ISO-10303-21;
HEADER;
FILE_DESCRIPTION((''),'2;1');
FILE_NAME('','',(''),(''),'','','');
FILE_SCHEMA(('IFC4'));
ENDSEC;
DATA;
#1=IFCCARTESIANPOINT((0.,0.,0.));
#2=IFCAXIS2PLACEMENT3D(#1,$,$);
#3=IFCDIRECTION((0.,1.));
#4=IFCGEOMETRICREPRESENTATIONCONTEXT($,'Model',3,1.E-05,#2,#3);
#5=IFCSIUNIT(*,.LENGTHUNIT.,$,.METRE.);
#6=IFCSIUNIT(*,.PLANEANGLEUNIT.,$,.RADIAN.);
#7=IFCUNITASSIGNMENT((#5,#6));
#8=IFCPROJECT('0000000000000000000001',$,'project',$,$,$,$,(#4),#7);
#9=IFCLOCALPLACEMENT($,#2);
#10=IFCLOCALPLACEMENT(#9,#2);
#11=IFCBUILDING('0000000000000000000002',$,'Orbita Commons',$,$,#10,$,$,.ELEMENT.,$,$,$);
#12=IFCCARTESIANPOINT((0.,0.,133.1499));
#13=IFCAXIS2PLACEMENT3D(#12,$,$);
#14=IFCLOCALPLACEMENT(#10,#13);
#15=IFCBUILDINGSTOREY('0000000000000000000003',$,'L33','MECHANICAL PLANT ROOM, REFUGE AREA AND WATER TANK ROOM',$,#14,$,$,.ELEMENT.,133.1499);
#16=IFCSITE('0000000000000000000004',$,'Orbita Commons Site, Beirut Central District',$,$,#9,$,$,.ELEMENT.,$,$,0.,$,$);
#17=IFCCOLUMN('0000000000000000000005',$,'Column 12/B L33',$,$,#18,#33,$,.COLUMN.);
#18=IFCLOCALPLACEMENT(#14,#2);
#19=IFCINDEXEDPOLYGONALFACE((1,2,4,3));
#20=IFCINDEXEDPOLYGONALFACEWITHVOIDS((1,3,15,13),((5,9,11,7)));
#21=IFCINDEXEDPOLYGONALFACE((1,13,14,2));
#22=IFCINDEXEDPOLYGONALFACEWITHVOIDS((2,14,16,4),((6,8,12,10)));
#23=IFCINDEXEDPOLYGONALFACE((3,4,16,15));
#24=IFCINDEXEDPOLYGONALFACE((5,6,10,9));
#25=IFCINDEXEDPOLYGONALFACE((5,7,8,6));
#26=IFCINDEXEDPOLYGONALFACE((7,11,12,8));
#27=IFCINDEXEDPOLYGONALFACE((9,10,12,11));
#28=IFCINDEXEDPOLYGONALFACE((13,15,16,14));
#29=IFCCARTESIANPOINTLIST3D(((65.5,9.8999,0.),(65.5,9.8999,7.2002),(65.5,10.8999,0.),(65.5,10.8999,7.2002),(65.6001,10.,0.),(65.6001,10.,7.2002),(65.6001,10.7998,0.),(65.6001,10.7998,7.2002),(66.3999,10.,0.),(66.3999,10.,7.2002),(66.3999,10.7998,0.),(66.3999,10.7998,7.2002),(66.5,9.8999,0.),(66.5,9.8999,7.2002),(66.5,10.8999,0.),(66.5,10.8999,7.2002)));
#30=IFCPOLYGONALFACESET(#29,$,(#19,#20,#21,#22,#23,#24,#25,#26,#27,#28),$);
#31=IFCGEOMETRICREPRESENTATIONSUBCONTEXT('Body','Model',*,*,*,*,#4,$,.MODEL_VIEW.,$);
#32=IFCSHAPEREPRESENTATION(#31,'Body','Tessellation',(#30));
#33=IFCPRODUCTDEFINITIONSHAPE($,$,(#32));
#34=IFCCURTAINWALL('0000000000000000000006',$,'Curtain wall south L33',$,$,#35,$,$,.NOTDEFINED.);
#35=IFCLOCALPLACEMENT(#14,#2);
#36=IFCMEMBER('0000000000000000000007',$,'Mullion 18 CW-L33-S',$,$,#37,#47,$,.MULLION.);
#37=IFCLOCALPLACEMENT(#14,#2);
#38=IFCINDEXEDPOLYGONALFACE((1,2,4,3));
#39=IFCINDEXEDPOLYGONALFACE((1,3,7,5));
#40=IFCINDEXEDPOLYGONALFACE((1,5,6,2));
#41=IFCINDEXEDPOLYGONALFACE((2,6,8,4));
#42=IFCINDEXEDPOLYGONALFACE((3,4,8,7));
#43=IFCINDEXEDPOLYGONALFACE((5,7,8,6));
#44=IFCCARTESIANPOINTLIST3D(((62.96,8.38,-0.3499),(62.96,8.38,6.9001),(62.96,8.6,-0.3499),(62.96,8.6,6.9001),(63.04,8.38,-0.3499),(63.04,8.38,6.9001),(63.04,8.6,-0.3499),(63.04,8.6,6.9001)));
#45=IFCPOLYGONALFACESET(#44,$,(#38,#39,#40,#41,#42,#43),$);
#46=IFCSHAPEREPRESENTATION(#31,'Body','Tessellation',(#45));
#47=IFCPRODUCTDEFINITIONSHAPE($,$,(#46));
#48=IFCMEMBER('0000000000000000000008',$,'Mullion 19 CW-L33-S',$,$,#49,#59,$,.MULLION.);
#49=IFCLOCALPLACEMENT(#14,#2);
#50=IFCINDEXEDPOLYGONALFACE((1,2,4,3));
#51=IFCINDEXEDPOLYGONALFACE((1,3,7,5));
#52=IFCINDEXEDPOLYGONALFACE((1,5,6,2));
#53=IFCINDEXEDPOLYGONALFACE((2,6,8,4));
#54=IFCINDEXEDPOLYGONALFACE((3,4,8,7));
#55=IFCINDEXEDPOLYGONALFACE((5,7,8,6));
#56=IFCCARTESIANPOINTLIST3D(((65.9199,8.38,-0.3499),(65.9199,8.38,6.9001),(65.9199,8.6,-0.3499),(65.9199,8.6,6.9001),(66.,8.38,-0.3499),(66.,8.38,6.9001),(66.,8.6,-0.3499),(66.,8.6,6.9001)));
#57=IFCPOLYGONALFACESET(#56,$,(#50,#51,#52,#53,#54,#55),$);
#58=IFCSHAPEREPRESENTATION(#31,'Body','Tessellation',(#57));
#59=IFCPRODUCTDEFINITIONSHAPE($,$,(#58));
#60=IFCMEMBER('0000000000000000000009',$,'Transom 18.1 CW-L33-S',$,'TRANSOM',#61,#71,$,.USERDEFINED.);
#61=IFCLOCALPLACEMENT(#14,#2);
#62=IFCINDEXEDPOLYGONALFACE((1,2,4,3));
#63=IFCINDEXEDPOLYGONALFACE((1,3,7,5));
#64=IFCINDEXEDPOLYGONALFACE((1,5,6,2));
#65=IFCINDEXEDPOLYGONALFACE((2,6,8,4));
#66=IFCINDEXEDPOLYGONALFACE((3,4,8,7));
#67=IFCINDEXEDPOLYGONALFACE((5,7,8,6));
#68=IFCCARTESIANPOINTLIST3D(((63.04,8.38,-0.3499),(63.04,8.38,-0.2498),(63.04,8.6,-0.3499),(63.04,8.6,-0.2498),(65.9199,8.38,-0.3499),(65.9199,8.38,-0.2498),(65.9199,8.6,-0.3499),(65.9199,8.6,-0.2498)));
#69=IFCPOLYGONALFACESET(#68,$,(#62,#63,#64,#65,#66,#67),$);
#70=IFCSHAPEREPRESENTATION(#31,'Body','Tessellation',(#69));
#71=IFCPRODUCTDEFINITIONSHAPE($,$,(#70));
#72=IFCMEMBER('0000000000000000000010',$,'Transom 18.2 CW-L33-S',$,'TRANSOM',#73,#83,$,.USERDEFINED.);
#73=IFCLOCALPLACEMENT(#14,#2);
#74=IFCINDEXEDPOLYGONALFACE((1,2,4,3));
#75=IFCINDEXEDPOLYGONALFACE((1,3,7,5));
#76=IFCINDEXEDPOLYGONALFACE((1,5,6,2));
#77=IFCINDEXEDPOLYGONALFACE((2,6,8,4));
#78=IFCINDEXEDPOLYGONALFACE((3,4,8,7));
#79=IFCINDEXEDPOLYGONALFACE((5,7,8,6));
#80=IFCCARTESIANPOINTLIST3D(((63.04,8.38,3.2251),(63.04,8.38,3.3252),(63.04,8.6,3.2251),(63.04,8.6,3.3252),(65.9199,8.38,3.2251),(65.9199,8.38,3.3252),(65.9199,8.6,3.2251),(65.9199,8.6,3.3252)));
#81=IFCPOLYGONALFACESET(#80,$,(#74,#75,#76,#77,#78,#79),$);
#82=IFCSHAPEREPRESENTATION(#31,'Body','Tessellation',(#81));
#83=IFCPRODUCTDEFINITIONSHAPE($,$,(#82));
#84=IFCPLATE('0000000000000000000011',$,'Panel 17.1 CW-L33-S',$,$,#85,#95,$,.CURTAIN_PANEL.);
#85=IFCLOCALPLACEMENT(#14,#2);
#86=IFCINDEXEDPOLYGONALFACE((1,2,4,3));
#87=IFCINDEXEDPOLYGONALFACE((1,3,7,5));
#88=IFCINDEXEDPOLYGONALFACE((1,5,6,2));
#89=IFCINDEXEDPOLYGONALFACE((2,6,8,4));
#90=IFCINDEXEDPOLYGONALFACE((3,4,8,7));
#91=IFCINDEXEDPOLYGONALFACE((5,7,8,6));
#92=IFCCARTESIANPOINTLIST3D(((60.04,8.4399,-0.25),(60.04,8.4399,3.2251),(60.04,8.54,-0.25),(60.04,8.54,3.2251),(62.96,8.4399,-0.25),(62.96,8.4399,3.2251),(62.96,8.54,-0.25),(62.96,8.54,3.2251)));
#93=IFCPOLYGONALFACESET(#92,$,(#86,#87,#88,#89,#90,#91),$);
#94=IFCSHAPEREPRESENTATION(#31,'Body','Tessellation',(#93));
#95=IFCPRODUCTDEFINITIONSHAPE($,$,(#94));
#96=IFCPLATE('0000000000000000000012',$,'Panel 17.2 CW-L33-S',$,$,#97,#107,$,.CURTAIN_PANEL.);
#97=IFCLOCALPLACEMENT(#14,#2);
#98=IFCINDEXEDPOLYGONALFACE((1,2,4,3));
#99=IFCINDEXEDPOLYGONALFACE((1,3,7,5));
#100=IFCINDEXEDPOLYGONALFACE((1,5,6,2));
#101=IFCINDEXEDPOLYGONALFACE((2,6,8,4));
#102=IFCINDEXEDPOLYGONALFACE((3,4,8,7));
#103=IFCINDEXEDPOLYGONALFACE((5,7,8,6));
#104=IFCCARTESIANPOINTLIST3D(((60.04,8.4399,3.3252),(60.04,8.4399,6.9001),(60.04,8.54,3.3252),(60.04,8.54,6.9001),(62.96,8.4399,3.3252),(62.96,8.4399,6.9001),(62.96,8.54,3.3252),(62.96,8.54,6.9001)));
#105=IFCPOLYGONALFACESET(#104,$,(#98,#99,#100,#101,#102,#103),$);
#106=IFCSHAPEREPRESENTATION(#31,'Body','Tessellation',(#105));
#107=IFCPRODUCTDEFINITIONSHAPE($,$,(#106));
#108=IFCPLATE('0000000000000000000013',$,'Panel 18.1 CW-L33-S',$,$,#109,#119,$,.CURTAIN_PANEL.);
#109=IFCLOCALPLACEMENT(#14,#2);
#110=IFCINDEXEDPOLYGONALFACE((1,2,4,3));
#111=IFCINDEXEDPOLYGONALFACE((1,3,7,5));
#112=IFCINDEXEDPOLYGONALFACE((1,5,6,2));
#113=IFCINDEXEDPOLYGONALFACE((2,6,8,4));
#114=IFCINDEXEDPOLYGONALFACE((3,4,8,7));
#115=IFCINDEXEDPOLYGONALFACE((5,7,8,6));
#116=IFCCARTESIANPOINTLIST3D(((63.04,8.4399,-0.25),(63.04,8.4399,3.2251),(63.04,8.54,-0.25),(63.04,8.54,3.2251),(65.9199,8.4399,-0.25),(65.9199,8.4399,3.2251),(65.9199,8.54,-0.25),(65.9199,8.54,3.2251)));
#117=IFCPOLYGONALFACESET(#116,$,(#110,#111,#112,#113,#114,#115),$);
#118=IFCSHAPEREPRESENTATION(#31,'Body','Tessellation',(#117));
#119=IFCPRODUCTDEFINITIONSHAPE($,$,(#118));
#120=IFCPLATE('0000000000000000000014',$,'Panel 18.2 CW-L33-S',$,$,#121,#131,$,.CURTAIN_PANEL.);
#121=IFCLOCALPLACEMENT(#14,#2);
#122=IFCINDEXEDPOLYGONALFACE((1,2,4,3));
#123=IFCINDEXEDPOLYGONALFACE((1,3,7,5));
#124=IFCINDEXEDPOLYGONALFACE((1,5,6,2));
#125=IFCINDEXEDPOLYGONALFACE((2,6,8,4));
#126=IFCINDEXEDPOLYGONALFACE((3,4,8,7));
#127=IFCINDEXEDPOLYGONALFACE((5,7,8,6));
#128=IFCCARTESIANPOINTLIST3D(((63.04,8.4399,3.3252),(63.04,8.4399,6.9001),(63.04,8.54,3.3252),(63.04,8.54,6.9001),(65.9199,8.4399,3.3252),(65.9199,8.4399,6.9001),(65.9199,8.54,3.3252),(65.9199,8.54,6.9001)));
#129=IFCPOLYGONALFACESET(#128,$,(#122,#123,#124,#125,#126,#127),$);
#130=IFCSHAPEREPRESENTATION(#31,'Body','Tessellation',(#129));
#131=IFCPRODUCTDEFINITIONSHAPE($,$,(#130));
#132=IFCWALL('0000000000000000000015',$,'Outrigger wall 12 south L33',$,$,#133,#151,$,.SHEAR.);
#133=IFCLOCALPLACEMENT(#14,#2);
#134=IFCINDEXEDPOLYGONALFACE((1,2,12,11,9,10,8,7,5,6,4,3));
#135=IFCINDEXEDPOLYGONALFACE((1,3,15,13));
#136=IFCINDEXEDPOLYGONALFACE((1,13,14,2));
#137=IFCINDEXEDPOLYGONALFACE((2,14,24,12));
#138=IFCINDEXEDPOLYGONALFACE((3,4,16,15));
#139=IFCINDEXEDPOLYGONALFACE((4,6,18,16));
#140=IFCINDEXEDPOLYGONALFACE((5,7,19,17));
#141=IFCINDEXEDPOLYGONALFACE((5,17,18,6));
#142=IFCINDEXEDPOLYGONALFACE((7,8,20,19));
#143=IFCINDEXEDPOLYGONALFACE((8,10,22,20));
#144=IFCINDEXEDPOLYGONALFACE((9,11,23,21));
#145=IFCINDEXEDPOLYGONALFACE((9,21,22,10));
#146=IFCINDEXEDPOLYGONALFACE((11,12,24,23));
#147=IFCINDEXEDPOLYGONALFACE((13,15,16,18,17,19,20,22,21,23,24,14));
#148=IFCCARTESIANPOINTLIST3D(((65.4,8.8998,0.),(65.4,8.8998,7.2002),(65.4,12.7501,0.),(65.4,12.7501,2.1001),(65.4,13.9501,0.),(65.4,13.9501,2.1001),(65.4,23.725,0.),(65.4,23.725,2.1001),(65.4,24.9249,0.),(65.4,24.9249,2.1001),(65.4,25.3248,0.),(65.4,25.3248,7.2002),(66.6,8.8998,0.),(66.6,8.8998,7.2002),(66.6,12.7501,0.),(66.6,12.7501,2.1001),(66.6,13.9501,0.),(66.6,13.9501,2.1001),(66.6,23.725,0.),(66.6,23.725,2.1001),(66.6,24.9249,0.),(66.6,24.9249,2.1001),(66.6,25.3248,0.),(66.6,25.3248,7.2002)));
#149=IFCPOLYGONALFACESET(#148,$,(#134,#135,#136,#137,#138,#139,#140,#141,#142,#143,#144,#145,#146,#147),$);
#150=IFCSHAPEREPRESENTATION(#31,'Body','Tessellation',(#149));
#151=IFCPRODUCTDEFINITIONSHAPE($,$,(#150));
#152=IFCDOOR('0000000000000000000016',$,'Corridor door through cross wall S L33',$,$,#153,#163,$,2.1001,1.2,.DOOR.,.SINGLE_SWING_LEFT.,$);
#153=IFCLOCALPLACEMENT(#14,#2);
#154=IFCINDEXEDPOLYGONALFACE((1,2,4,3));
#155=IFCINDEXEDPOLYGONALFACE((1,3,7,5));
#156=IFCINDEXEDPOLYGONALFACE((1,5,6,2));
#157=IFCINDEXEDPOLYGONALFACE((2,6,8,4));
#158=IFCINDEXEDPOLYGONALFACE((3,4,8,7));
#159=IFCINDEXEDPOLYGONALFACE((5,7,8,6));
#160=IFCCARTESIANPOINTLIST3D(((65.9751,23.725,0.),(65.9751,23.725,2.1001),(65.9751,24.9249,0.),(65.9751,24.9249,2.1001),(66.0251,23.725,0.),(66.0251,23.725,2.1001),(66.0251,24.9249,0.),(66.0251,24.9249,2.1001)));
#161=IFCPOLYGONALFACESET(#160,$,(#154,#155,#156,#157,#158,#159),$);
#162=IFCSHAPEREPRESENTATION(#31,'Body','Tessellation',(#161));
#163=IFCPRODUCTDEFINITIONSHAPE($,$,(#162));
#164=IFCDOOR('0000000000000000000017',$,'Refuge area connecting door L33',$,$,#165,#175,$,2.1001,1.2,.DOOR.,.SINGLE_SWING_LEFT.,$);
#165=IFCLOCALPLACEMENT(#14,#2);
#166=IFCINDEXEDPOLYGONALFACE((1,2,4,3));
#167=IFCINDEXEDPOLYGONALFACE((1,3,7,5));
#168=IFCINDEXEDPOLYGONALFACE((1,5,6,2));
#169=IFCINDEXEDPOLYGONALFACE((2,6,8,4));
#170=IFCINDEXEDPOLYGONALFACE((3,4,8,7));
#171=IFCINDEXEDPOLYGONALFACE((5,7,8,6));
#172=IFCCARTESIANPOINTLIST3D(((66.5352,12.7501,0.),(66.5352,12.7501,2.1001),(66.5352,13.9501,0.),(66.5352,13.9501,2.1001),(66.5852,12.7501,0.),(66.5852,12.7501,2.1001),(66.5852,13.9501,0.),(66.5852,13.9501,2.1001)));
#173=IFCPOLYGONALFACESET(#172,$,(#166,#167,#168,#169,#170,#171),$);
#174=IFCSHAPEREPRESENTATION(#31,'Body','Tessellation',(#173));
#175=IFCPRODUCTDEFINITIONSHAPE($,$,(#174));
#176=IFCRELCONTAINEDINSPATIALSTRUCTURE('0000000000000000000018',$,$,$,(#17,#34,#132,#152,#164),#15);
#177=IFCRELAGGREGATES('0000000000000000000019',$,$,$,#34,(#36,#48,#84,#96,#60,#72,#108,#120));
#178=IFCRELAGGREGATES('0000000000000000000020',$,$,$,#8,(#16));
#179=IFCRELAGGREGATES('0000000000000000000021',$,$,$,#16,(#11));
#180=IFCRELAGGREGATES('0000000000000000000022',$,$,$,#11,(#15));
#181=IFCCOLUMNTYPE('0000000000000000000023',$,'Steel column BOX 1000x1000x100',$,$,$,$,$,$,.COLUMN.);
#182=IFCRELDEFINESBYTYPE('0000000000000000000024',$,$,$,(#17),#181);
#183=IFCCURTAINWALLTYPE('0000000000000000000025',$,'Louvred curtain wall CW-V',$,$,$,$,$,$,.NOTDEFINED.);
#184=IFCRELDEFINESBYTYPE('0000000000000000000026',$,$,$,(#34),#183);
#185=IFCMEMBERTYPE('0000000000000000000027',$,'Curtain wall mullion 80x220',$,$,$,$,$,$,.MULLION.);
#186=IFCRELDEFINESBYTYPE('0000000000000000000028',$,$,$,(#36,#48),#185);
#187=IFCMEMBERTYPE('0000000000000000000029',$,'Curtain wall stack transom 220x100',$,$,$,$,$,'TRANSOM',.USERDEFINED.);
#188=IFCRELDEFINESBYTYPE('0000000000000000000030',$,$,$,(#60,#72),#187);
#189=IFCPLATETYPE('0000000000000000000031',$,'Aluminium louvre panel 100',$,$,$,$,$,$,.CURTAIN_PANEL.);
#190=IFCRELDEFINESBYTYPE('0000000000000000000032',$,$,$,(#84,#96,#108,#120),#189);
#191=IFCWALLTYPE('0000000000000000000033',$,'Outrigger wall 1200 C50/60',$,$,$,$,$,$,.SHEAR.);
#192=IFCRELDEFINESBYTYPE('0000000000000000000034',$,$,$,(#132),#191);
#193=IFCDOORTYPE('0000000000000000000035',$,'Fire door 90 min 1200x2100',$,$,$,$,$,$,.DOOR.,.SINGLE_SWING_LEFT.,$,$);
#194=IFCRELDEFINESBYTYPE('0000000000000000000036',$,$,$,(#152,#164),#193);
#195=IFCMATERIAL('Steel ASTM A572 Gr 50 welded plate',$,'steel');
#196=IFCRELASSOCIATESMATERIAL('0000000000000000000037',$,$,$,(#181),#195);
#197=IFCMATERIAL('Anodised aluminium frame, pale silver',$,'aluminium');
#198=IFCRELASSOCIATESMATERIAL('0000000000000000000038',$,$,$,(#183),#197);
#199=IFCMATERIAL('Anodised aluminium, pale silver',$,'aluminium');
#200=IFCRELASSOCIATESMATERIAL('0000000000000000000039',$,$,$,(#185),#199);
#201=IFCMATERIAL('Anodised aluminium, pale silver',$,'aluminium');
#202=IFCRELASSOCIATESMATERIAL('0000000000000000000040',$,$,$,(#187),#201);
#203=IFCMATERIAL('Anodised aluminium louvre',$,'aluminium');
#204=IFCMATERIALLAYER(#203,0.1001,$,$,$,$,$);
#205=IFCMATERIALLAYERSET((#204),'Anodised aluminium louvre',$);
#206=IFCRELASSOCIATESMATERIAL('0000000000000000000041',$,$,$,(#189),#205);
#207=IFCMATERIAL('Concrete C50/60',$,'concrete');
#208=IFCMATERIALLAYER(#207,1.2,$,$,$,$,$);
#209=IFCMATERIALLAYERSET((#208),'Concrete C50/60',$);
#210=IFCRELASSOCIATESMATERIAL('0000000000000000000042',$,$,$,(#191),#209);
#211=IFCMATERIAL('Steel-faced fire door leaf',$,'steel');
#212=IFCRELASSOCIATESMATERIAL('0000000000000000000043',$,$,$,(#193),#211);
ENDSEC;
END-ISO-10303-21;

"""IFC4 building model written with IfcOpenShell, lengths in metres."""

from ifc_helpers import new_model, si_unit, direction, frame, frame_2d, origin, origin_2d, place, context, subcontext, project, spatial, rectangle, hollow_rectangle, extrude, material, layer, layer_set, material_profile, profile_set, type_object, element, fill, aggregate, save


model = new_model("IFC4")

# Units and contexts
model_context = context("Model", 3, precision=1e-05, world=origin(), true_north=direction((0.0, 1.0)))
body_context = subcontext(model_context, "Body", "Model", "MODEL_VIEW")
ifc_project = project(units=[si_unit("LENGTHUNIT", "METRE"), si_unit("PLANEANGLEUNIT", "RADIAN")], contexts=[model_context])

# Site, building, storey
site_placement = place(None, origin())
site = spatial("IfcSite", under=ifc_project, at=site_placement, Name="Orbita Commons Site, Beirut Central District", CompositionType="ELEMENT", RefElevation=0.0)
building_placement = place(site_placement, origin())
building = spatial("IfcBuilding", under=site, at=building_placement, Name="Orbita Commons", CompositionType="ELEMENT")
storey_placement = place(building_placement, frame((0.0, 0.0, 133.1499)))
storey = spatial("IfcBuildingStorey", under=building, at=storey_placement, Name="L33", Description="MECHANICAL PLANT ROOM, REFUGE AREA AND WATER TANK ROOM", CompositionType="ELEMENT", Elevation=133.1499)

# Column
ifc_material_1 = material(Name="Steel ASTM A572 Gr 50 welded plate", Category="steel")
ifc_material_profile_1 = material_profile(ifc_material_1, hollow_rectangle(XDim=1.0, YDim=1.0, WallThickness=0.1001, at=origin_2d()), Name="BOX 1000x1000x100")
ifc_profile_set_1 = profile_set([ifc_material_profile_1], Name="Steel ASTM A572 Gr 50 welded plate")
column_type = type_object("IfcColumnType", Name="Steel column BOX 1000x1000x100", PredefinedType="COLUMN", material=ifc_profile_set_1)
column_placement = place(storey_placement, frame((66.0, 10.3999, 0.0), z_axis=(0.0, 0.0, 1.0), x_axis=(1.0, 0.0, 0.0)))
element("IfcColumn", 1, at=column_placement, inside=storey, type_object=column_type, Name="Column 12/B L33", PredefinedType="COLUMN", context=body_context, shape_type="SweptSolid", body=[
    extrude(hollow_rectangle(XDim=1.0, YDim=1.0, WallThickness=0.1001, at=origin_2d()), origin(), (0.0, 0.0, 1.0), 7.2002),
])

# Curtain wall, members, plates
ifc_material_2 = material(Name="Anodised aluminium frame, pale silver", Category="aluminium")
curtain_wall_type = type_object("IfcCurtainWallType", Name="Louvred curtain wall CW-V", PredefinedType="NOTDEFINED", material=ifc_material_2)
curtain_wall_placement = place(storey_placement, origin())
curtain_wall = element("IfcCurtainWall", 2, at=curtain_wall_placement, inside=storey, type_object=curtain_wall_type, Name="Curtain wall south L33", PredefinedType="NOTDEFINED")
ifc_material_3 = material(Name="Anodised aluminium, pale silver", Category="aluminium")
ifc_material_profile_2 = material_profile(ifc_material_3, rectangle(XDim=0.0801, YDim=0.22, at=origin_2d()), Name="AL 80x220")
ifc_profile_set_2 = profile_set([ifc_material_profile_2], Name="Anodised aluminium, pale silver")
member_type_1 = type_object("IfcMemberType", Name="Curtain wall mullion 80x220", PredefinedType="MULLION", material=ifc_profile_set_2)
member_1_placement = place(storey_placement, frame((63.0, 8.49, -0.3499), z_axis=(0.0, 0.0, 1.0), x_axis=(1.0, 0.0, 0.0)))
member_1 = element("IfcMember", 3, at=member_1_placement, type_object=member_type_1, Name="Mullion 18 CW-L33-S", PredefinedType="MULLION", context=body_context, shape_type="SweptSolid", body=[
    extrude(rectangle(XDim=0.0801, YDim=0.22, at=origin_2d()), origin(), (0.0, 0.0, 1.0), 7.25),
])
member_2_placement = place(storey_placement, frame((65.96, 8.49, -0.3499), z_axis=(0.0, 0.0, 1.0), x_axis=(1.0, 0.0, 0.0)))
member_2 = element("IfcMember", 4, at=member_2_placement, type_object=member_type_1, Name="Mullion 19 CW-L33-S", PredefinedType="MULLION", context=body_context, shape_type="SweptSolid", body=[
    extrude(rectangle(XDim=0.0801, YDim=0.22, at=origin_2d()), origin(), (0.0, 0.0, 1.0), 7.25),
])
ifc_material_4 = material(Name="Anodised aluminium, pale silver", Category="aluminium")
ifc_material_profile_3 = material_profile(ifc_material_4, rectangle(XDim=0.22, YDim=0.1001, at=origin_2d()), Name="AL 220x100")
ifc_profile_set_3 = profile_set([ifc_material_profile_3], Name="Anodised aluminium, pale silver")
member_type_2 = type_object("IfcMemberType", Name="Curtain wall stack transom 220x100", ElementType="TRANSOM", PredefinedType="USERDEFINED", material=ifc_profile_set_3)
member_3_placement = place(storey_placement, frame((63.04, 8.49, -0.2998), z_axis=(1.0, 0.0, 0.0), x_axis=(0.0, 1.0, 0.0)))
member_3 = element("IfcMember", 5, at=member_3_placement, type_object=member_type_2, Name="Transom 18.1 CW-L33-S", ObjectType="TRANSOM", PredefinedType="USERDEFINED", context=body_context, shape_type="SweptSolid", body=[
    extrude(rectangle(XDim=0.22, YDim=0.1001, at=origin_2d()), origin(), (0.0, 0.0, 1.0), 2.8799),
])
member_4_placement = place(storey_placement, frame((63.04, 8.49, 3.2751), z_axis=(1.0, 0.0, 0.0), x_axis=(0.0, 1.0, 0.0)))
member_4 = element("IfcMember", 6, at=member_4_placement, type_object=member_type_2, Name="Transom 18.2 CW-L33-S", ObjectType="TRANSOM", PredefinedType="USERDEFINED", context=body_context, shape_type="SweptSolid", body=[
    extrude(rectangle(XDim=0.22, YDim=0.1001, at=origin_2d()), origin(), (0.0, 0.0, 1.0), 2.8799),
])
ifc_material_5 = material(Name="Anodised aluminium louvre", Category="aluminium")
ifc_layer_1 = layer(ifc_material_5, 0.1001)
ifc_layer_set_1 = layer_set([ifc_layer_1], Name="Anodised aluminium louvre")
plate_type = type_object("IfcPlateType", Name="Aluminium louvre panel 100", PredefinedType="CURTAIN_PANEL", material=ifc_layer_set_1)
plate_1_placement = place(storey_placement, frame((61.5, 8.49, -0.25), z_axis=(0.0, 0.0, 1.0), x_axis=(1.0, 0.0, 0.0)))
plate_1 = element("IfcPlate", 7, at=plate_1_placement, type_object=plate_type, Name="Panel 17.1 CW-L33-S", PredefinedType="CURTAIN_PANEL", context=body_context, shape_type="SweptSolid", body=[
    extrude(rectangle(XDim=2.9199, YDim=0.1001, at=origin_2d()), origin(), (0.0, 0.0, 1.0), 3.4751),
])
plate_2_placement = place(storey_placement, frame((61.5, 8.49, 3.3252), z_axis=(0.0, 0.0, 1.0), x_axis=(1.0, 0.0, 0.0)))
plate_2 = element("IfcPlate", 8, at=plate_2_placement, type_object=plate_type, Name="Panel 17.2 CW-L33-S", PredefinedType="CURTAIN_PANEL", context=body_context, shape_type="SweptSolid", body=[
    extrude(rectangle(XDim=2.9199, YDim=0.1001, at=origin_2d()), origin(), (0.0, 0.0, 1.0), 3.575),
])
plate_3_placement = place(storey_placement, frame((64.48, 8.49, -0.25), z_axis=(0.0, 0.0, 1.0), x_axis=(1.0, 0.0, 0.0)))
plate_3 = element("IfcPlate", 9, at=plate_3_placement, type_object=plate_type, Name="Panel 18.1 CW-L33-S", PredefinedType="CURTAIN_PANEL", context=body_context, shape_type="SweptSolid", body=[
    extrude(rectangle(XDim=2.8799, YDim=0.1001, at=origin_2d()), origin(), (0.0, 0.0, 1.0), 3.4751),
])
plate_4_placement = place(storey_placement, frame((64.48, 8.49, 3.3252), z_axis=(0.0, 0.0, 1.0), x_axis=(1.0, 0.0, 0.0)))
plate_4 = element("IfcPlate", 10, at=plate_4_placement, type_object=plate_type, Name="Panel 18.2 CW-L33-S", PredefinedType="CURTAIN_PANEL", context=body_context, shape_type="SweptSolid", body=[
    extrude(rectangle(XDim=2.8799, YDim=0.1001, at=origin_2d()), origin(), (0.0, 0.0, 1.0), 3.575),
])
aggregate(curtain_wall, [member_1, member_2, plate_1, plate_2, member_3, member_4, plate_3, plate_4])

# Wall, openings, doors
ifc_material_6 = material(Name="Concrete C50/60", Category="concrete")
ifc_layer_2 = layer(ifc_material_6, 1.2)
ifc_layer_set_2 = layer_set([ifc_layer_2], Name="Concrete C50/60")
wall_type_1 = type_object("IfcWallType", Name="Outrigger wall 1200 C50/60", PredefinedType="SHEAR", material=ifc_layer_set_2)
wall_1_placement = place(storey_placement, frame((66.0, 8.8999, 0.0), z_axis=(0.0, 0.0, 1.0), x_axis=(0.0, 1.0, 0.0)))
wall_1 = element("IfcWall", 11, at=wall_1_placement, inside=storey, type_object=wall_type_1, Name="Outrigger wall 12 south L33", PredefinedType="SHEAR", context=body_context, shape_type="SweptSolid", body=[
    extrude(rectangle(XDim=16.425, YDim=1.2, at=frame_2d((8.2124, 0.0))), origin(), (0.0, 0.0, 1.0), 7.2002),
])
opening_1_placement = place(wall_1_placement, frame((14.825, 0.0, 0.0)))
opening_1 = element("IfcOpeningElement", 12, at=opening_1_placement, cuts=wall_1, PredefinedType="OPENING", context=body_context, shape_type="SweptSolid", body=[
    extrude(rectangle(XDim=1.2, YDim=2.1001, at=frame_2d((0.6001, 1.05))), frame((0.0, 0.6099, 0.0), z_axis=(0.0, -1.0, 0.0), x_axis=(1.0, 0.0, 0.0)), (0.0, 0.0, 1.0), 1.22),
])
opening_2_placement = place(wall_1_placement, frame((3.8501, 0.0, 0.0)))
opening_2 = element("IfcOpeningElement", 13, at=opening_2_placement, cuts=wall_1, PredefinedType="OPENING", context=body_context, shape_type="SweptSolid", body=[
    extrude(rectangle(XDim=1.2, YDim=2.1001, at=frame_2d((0.6001, 1.05))), frame((0.0, 0.6099, 0.0), z_axis=(0.0, -1.0, 0.0), x_axis=(1.0, 0.0, 0.0)), (0.0, 0.0, 1.0), 1.22),
])
ifc_material_7 = material(Name="Steel-faced fire door leaf", Category="steel")
door_type = type_object("IfcDoorType", Name="Fire door 90 min 1200x2100", OperationType="SINGLE_SWING_LEFT", PredefinedType="DOOR", material=ifc_material_7)
door_1_placement = place(opening_1_placement, origin())
door_1 = element("IfcDoor", 14, at=door_1_placement, inside=storey, type_object=door_type, Name="Corridor door through cross wall S L33", OperationType="SINGLE_SWING_LEFT", OverallHeight=2.1001, OverallWidth=1.2, PredefinedType="DOOR", context=body_context, shape_type="SweptSolid", body=[
    extrude(rectangle(XDim=1.2, YDim=2.1001, at=frame_2d((0.6001, 1.05))), frame((0.0, 0.0249, 0.0), z_axis=(0.0, -1.0, 0.0), x_axis=(1.0, 0.0, 0.0)), (0.0, 0.0, 1.0), 0.05),
])
fill(opening_1, door_1)
door_2_placement = place(opening_2_placement, origin())
door_2 = element("IfcDoor", 15, at=door_2_placement, inside=storey, type_object=door_type, Name="Refuge area connecting door L33", OperationType="SINGLE_SWING_LEFT", OverallHeight=2.1001, OverallWidth=1.2, PredefinedType="DOOR", context=body_context, shape_type="SweptSolid", body=[
    extrude(rectangle(XDim=1.2, YDim=2.1001, at=frame_2d((0.6001, 1.05))), frame((0.0, -0.5352, 0.0), z_axis=(0.0, -1.0, 0.0), x_axis=(1.0, 0.0, 0.0)), (0.0, 0.0, 1.0), 0.05),
])
fill(opening_2, door_2)

save(model, "model.ifc")
